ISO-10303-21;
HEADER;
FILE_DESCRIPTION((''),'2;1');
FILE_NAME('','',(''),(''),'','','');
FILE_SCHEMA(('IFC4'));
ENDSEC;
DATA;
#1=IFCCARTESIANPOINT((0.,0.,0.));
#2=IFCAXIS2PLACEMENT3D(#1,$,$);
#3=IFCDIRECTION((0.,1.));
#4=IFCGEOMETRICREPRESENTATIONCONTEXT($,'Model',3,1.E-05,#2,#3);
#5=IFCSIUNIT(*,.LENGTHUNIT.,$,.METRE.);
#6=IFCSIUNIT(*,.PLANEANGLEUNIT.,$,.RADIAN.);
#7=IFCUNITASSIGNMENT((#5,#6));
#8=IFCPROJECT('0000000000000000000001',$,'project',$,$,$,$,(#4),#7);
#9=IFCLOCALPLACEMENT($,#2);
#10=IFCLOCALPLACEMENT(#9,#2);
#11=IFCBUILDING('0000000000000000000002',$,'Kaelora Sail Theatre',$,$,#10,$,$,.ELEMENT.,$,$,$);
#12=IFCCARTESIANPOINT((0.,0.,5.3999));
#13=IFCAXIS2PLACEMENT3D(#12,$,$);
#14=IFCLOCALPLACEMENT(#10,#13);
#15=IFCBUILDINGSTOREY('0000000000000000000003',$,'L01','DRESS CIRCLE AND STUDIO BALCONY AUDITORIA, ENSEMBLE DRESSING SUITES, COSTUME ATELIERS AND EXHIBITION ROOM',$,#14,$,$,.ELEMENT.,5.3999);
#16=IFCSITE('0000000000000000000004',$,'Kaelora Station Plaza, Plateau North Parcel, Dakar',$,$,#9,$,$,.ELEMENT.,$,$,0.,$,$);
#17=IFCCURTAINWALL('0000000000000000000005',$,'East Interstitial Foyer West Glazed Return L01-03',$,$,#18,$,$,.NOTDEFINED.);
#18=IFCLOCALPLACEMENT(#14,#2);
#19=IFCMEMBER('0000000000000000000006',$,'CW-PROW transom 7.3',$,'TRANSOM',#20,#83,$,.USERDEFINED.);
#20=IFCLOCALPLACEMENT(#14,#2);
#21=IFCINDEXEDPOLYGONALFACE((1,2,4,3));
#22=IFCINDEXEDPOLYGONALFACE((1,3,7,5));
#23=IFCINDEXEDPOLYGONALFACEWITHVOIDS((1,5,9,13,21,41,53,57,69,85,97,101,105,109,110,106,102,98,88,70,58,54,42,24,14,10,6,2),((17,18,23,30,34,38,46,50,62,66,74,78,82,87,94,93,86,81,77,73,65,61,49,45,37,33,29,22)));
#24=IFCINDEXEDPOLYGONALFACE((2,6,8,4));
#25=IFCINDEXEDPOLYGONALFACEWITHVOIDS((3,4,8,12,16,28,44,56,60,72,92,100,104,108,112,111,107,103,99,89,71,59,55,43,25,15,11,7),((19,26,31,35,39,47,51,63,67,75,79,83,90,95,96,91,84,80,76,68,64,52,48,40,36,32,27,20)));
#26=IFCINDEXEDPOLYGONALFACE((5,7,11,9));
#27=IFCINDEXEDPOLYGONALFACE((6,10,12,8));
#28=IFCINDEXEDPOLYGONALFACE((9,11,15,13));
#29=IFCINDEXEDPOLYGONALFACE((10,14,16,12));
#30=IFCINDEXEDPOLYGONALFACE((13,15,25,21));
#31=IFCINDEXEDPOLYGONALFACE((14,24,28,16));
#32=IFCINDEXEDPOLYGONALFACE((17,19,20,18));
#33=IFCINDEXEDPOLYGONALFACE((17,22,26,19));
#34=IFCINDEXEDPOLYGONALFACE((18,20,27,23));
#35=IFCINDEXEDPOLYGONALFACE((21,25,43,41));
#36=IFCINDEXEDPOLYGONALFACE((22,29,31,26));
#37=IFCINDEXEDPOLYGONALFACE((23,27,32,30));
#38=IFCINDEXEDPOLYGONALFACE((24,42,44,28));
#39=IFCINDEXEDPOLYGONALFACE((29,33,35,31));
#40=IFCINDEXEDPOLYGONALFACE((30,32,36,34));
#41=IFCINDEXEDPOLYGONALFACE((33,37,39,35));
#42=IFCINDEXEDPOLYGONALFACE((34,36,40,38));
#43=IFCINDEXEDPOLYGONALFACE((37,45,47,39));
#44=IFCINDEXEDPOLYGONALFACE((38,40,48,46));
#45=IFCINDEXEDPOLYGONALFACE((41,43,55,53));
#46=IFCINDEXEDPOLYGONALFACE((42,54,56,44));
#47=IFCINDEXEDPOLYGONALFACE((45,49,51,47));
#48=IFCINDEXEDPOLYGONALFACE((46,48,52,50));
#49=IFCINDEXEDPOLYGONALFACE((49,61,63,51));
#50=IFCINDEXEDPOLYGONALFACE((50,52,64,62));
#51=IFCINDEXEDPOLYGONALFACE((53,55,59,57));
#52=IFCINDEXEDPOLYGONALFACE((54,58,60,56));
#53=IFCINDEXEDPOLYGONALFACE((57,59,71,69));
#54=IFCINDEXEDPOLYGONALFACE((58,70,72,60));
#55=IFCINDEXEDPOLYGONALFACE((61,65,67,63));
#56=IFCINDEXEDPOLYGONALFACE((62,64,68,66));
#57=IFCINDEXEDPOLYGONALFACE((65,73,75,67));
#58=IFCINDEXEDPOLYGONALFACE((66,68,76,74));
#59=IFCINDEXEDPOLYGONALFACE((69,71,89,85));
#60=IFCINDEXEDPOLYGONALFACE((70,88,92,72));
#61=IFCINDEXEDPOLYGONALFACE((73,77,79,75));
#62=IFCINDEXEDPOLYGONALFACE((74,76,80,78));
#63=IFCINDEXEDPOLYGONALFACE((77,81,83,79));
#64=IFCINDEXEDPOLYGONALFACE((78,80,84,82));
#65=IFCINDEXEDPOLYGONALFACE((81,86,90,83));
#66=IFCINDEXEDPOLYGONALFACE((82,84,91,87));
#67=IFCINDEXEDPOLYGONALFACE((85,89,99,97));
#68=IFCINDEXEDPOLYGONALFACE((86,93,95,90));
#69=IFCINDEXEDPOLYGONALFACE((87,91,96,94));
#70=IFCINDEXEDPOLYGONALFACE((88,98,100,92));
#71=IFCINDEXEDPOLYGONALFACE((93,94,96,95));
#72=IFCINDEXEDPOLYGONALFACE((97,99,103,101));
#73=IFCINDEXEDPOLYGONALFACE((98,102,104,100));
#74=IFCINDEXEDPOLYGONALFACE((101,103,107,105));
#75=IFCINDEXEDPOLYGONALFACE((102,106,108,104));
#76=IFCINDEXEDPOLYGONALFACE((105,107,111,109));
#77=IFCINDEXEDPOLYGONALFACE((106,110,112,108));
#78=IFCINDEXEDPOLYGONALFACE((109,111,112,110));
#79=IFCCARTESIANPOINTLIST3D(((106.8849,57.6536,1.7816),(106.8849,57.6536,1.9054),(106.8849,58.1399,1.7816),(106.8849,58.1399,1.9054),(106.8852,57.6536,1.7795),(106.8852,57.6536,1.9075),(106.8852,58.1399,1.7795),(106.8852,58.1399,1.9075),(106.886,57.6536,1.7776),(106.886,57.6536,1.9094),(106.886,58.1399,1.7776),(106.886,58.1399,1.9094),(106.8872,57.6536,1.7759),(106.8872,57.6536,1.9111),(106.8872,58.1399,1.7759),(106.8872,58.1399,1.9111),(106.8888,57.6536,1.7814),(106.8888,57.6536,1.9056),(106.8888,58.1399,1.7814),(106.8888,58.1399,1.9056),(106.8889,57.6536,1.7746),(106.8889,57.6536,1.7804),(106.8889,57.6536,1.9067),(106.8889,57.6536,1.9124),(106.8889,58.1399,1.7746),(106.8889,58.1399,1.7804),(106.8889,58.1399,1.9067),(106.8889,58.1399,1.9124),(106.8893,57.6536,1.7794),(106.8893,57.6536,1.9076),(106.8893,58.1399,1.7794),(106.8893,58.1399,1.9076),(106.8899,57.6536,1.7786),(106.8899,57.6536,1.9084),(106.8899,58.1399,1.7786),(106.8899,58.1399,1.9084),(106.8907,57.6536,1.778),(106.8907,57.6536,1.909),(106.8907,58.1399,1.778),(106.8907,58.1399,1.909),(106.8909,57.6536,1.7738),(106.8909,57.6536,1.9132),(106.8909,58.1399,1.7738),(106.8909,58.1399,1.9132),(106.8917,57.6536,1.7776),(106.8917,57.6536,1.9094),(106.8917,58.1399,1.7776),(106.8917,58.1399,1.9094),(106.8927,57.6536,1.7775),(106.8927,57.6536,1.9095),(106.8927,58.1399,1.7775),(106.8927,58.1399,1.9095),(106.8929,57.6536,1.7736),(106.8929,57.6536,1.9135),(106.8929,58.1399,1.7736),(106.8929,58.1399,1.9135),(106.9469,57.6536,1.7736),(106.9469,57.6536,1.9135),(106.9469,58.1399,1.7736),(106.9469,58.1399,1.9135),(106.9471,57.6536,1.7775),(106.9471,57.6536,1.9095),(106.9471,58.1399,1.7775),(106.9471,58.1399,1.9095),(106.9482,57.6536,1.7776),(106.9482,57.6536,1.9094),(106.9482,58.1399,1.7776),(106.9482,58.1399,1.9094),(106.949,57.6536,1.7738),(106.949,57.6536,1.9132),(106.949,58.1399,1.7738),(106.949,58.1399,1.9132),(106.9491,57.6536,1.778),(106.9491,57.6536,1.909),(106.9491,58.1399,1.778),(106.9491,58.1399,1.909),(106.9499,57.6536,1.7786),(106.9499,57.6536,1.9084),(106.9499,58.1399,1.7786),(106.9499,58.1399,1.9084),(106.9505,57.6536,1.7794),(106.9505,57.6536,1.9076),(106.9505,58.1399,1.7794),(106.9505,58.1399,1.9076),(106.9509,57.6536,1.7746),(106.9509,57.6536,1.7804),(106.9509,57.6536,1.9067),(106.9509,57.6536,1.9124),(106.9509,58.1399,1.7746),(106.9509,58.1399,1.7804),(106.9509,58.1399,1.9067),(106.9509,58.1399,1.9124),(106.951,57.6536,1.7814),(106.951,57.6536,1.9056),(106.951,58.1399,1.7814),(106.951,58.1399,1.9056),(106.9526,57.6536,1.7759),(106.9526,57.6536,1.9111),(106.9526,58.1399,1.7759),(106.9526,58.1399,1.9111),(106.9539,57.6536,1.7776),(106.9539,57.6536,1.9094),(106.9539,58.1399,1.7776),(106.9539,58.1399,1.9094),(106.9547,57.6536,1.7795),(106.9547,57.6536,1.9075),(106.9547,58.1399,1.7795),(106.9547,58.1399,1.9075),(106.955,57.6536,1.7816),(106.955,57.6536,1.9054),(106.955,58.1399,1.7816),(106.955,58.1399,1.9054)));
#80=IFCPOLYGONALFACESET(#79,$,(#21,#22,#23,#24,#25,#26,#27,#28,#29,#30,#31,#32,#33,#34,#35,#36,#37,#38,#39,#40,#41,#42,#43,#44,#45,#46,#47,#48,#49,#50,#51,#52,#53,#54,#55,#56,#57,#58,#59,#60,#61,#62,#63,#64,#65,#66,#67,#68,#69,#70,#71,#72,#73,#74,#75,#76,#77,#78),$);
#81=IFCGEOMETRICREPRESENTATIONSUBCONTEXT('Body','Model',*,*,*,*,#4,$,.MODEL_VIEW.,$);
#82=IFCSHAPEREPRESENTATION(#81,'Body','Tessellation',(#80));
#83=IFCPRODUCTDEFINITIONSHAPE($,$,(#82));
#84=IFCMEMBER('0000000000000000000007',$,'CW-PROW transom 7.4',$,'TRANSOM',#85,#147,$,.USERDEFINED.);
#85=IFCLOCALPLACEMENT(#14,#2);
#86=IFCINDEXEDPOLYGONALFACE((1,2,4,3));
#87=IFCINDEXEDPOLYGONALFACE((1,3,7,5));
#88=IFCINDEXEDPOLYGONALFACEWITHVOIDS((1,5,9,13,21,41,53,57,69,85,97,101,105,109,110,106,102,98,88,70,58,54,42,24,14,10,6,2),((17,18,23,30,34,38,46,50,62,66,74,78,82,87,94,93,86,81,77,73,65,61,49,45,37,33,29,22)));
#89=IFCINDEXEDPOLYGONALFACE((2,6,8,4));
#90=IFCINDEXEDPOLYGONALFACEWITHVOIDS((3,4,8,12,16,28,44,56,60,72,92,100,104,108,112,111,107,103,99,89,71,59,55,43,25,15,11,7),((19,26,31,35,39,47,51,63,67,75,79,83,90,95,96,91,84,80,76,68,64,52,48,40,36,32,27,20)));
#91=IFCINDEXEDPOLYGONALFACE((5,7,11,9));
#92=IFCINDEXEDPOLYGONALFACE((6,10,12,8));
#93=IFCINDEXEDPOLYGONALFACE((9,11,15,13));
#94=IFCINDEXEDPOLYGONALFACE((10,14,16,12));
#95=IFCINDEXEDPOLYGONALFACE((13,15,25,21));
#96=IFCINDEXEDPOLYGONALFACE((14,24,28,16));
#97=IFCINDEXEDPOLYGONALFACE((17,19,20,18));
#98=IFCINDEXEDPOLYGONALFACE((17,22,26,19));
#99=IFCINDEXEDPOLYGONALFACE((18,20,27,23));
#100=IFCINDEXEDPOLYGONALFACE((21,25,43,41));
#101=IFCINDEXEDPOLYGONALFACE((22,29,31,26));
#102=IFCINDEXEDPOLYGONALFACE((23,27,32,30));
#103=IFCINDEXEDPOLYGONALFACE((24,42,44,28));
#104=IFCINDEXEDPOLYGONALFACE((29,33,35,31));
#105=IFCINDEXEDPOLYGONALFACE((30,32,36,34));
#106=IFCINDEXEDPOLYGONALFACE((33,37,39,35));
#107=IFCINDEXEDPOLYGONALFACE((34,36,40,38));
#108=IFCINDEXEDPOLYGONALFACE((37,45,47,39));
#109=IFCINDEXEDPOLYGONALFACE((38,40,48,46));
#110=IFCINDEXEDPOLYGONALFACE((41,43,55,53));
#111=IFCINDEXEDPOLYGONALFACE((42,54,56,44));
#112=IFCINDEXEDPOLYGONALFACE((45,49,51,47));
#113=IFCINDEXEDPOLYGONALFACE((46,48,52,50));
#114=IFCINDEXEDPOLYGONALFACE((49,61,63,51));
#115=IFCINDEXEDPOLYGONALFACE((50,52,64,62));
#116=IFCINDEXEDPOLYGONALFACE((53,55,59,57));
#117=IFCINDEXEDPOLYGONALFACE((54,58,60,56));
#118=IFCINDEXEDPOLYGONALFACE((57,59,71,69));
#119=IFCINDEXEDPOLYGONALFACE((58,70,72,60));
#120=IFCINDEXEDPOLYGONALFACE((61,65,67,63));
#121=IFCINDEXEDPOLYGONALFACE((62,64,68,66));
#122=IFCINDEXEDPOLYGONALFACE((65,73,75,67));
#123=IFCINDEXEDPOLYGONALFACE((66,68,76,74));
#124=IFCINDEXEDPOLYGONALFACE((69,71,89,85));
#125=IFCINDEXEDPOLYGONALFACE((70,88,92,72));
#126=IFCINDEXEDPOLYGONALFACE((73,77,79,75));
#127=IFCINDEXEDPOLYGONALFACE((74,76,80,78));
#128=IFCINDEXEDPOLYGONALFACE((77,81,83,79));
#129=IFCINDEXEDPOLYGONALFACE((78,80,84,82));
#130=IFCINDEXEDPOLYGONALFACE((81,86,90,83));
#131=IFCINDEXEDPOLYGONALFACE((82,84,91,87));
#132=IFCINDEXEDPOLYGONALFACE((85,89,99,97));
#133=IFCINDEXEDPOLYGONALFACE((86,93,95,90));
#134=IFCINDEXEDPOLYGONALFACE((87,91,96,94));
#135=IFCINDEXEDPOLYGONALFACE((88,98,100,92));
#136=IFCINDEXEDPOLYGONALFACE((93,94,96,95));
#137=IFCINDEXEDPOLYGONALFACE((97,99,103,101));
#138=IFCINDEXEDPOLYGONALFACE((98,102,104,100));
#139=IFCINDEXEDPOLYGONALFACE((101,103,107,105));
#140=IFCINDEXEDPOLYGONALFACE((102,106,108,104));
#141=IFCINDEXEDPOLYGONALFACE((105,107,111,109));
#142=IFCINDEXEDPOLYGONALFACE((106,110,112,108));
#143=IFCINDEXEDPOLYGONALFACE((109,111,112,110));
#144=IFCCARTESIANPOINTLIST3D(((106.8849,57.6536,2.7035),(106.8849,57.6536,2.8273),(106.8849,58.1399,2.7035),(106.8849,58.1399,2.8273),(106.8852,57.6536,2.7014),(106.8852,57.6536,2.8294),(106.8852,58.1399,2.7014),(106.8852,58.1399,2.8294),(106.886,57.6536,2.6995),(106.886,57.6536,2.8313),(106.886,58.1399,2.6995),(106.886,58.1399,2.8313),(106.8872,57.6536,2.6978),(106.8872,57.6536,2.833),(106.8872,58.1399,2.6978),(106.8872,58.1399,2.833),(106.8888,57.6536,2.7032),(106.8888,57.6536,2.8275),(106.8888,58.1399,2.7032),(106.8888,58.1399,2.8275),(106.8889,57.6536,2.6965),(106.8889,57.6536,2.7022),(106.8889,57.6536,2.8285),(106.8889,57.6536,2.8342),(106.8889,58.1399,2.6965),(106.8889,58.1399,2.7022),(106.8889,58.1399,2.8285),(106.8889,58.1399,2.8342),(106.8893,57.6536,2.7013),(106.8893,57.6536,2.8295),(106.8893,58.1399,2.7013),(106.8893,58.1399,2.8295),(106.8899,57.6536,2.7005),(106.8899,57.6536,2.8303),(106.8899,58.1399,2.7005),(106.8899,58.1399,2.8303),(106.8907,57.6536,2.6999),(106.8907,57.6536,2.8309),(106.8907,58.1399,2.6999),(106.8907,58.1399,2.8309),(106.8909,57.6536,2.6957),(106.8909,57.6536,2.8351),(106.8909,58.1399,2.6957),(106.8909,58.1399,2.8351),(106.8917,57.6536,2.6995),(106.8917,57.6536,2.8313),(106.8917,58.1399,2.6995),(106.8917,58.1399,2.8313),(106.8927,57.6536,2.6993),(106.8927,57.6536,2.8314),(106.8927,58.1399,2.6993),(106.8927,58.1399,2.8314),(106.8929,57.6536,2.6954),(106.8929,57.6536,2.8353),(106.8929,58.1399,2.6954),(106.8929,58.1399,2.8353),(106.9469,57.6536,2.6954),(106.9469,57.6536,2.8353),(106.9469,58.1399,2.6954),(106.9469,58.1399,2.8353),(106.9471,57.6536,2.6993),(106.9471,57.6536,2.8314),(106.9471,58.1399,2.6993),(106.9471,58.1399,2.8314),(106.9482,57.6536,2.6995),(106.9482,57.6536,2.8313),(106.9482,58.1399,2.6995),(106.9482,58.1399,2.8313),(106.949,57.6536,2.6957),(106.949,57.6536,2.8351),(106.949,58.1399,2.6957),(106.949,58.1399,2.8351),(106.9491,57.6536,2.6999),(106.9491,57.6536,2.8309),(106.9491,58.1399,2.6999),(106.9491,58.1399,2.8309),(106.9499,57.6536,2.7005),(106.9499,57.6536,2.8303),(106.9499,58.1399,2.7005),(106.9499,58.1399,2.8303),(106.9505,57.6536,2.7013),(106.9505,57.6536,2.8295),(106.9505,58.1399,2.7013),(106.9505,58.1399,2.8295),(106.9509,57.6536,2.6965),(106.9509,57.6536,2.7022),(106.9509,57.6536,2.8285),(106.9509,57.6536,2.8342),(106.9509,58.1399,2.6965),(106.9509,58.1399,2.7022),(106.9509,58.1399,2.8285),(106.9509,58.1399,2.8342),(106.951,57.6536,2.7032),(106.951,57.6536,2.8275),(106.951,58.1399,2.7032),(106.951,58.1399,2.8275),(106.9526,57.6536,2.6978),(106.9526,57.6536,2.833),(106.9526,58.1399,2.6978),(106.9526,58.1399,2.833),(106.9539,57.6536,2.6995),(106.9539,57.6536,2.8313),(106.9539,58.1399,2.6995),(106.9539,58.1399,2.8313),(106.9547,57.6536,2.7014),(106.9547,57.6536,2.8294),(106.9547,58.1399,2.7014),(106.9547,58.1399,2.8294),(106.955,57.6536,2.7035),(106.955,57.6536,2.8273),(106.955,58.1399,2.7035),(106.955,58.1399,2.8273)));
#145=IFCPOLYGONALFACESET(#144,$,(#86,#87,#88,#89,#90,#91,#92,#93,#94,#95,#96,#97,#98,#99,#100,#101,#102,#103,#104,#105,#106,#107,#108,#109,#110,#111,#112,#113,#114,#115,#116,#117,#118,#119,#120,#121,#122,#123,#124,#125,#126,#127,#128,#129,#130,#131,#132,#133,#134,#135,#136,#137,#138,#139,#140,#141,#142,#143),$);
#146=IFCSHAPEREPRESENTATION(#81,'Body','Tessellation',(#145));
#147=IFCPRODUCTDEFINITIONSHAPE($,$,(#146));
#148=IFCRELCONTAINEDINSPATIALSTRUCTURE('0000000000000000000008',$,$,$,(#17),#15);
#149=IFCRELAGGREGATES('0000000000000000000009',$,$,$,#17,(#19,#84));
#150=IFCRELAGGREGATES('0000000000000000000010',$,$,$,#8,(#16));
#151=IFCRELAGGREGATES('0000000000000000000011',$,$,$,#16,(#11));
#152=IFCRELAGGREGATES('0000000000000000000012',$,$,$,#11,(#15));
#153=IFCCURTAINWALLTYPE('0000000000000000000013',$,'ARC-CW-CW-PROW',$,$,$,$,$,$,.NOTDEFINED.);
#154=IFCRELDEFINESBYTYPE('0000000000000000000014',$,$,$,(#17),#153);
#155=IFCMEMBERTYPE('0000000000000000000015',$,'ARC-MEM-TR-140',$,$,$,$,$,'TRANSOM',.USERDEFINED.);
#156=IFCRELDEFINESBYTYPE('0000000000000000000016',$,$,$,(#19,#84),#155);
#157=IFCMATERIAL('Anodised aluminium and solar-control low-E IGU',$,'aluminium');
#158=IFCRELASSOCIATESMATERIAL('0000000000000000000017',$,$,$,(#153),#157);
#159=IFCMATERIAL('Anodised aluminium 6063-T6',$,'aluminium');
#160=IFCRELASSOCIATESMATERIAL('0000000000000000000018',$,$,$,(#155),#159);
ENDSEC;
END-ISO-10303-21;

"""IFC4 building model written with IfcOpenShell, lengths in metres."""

from ifc_helpers import new_model, si_unit, direction, frame, origin, origin_2d, place, context, subcontext, project, spatial, hollow_rectangle, extrude, material, material_profile, profile_set, type_object, element, aggregate, save


model = new_model("IFC4")

# Units and contexts
model_context = context("Model", 3, precision=1e-05, world=origin(), true_north=direction((0.0, 1.0)))
body_context = subcontext(model_context, "Body", "Model", "MODEL_VIEW")
ifc_project = project(units=[si_unit("LENGTHUNIT", "METRE"), si_unit("PLANEANGLEUNIT", "RADIAN")], contexts=[model_context])

# Site, building, storey
site_placement = place(None, origin())
site = spatial("IfcSite", under=ifc_project, at=site_placement, Name="Kaelora Station Plaza, Plateau North Parcel, Dakar", CompositionType="ELEMENT", RefElevation=0.0)
building_placement = place(site_placement, origin())
building = spatial("IfcBuilding", under=site, at=building_placement, Name="Kaelora Sail Theatre", CompositionType="ELEMENT")
storey_placement = place(building_placement, frame((0.0, 0.0, 5.3999)))
storey = spatial("IfcBuildingStorey", under=building, at=storey_placement, Name="L01", Description="DRESS CIRCLE AND STUDIO BALCONY AUDITORIA, ENSEMBLE DRESSING SUITES, COSTUME ATELIERS AND EXHIBITION ROOM", CompositionType="ELEMENT", Elevation=5.3999)

# Curtain wall, members
ifc_material_1 = material(Name="Anodised aluminium and solar-control low-E IGU", Category="aluminium")
curtain_wall_type = type_object("IfcCurtainWallType", Name="ARC-CW-CW-PROW", PredefinedType="NOTDEFINED", material=ifc_material_1)
curtain_wall_placement = place(storey_placement, origin())
curtain_wall = element("IfcCurtainWall", 1, at=curtain_wall_placement, inside=storey, type_object=curtain_wall_type, Name="East Interstitial Foyer West Glazed Return L01-03", PredefinedType="NOTDEFINED")
ifc_material_2 = material(Name="Anodised aluminium 6063-T6", Category="aluminium")
ifc_material_profile = material_profile(ifc_material_2, hollow_rectangle(XDim=0.0701, YDim=0.1399, WallThickness=0.0039, InnerFilletRadius=0.0039, OuterFilletRadius=0.0081, at=origin_2d()), Name="ALU-TRAN 70x140x4")
ifc_profile_set = profile_set([ifc_material_profile], Name="Anodised aluminium 6063-T6")
member_type = type_object("IfcMemberType", Name="ARC-MEM-TR-140", ElementType="TRANSOM", PredefinedType="USERDEFINED", material=ifc_profile_set)
member_1_placement = place(storey_placement, frame((106.9199, 57.6536, 1.8435), z_axis=(0.0, 1.0, 0.0), x_axis=(-1.0, 0.0, 0.0)))
member_1 = element("IfcMember", 2, at=member_1_placement, type_object=member_type, Name="CW-PROW transom 7.3", ObjectType="TRANSOM", PredefinedType="USERDEFINED", context=body_context, shape_type="SweptSolid", body=[
    extrude(hollow_rectangle(XDim=0.0701, YDim=0.1399, WallThickness=0.0039, InnerFilletRadius=0.0039, OuterFilletRadius=0.0081, at=origin_2d()), origin(), (0.0, 0.0, 1.0), 0.4863),
])
member_2_placement = place(storey_placement, frame((106.9199, 57.6536, 2.7654), z_axis=(0.0, 1.0, 0.0), x_axis=(-1.0, 0.0, 0.0)))
member_2 = element("IfcMember", 3, at=member_2_placement, type_object=member_type, Name="CW-PROW transom 7.4", ObjectType="TRANSOM", PredefinedType="USERDEFINED", context=body_context, shape_type="SweptSolid", body=[
    extrude(hollow_rectangle(XDim=0.0701, YDim=0.1399, WallThickness=0.0039, InnerFilletRadius=0.0039, OuterFilletRadius=0.0081, at=origin_2d()), origin(), (0.0, 0.0, 1.0), 0.4863),
])
aggregate(curtain_wall, [member_1, member_2])

save(model, "model.ifc")
